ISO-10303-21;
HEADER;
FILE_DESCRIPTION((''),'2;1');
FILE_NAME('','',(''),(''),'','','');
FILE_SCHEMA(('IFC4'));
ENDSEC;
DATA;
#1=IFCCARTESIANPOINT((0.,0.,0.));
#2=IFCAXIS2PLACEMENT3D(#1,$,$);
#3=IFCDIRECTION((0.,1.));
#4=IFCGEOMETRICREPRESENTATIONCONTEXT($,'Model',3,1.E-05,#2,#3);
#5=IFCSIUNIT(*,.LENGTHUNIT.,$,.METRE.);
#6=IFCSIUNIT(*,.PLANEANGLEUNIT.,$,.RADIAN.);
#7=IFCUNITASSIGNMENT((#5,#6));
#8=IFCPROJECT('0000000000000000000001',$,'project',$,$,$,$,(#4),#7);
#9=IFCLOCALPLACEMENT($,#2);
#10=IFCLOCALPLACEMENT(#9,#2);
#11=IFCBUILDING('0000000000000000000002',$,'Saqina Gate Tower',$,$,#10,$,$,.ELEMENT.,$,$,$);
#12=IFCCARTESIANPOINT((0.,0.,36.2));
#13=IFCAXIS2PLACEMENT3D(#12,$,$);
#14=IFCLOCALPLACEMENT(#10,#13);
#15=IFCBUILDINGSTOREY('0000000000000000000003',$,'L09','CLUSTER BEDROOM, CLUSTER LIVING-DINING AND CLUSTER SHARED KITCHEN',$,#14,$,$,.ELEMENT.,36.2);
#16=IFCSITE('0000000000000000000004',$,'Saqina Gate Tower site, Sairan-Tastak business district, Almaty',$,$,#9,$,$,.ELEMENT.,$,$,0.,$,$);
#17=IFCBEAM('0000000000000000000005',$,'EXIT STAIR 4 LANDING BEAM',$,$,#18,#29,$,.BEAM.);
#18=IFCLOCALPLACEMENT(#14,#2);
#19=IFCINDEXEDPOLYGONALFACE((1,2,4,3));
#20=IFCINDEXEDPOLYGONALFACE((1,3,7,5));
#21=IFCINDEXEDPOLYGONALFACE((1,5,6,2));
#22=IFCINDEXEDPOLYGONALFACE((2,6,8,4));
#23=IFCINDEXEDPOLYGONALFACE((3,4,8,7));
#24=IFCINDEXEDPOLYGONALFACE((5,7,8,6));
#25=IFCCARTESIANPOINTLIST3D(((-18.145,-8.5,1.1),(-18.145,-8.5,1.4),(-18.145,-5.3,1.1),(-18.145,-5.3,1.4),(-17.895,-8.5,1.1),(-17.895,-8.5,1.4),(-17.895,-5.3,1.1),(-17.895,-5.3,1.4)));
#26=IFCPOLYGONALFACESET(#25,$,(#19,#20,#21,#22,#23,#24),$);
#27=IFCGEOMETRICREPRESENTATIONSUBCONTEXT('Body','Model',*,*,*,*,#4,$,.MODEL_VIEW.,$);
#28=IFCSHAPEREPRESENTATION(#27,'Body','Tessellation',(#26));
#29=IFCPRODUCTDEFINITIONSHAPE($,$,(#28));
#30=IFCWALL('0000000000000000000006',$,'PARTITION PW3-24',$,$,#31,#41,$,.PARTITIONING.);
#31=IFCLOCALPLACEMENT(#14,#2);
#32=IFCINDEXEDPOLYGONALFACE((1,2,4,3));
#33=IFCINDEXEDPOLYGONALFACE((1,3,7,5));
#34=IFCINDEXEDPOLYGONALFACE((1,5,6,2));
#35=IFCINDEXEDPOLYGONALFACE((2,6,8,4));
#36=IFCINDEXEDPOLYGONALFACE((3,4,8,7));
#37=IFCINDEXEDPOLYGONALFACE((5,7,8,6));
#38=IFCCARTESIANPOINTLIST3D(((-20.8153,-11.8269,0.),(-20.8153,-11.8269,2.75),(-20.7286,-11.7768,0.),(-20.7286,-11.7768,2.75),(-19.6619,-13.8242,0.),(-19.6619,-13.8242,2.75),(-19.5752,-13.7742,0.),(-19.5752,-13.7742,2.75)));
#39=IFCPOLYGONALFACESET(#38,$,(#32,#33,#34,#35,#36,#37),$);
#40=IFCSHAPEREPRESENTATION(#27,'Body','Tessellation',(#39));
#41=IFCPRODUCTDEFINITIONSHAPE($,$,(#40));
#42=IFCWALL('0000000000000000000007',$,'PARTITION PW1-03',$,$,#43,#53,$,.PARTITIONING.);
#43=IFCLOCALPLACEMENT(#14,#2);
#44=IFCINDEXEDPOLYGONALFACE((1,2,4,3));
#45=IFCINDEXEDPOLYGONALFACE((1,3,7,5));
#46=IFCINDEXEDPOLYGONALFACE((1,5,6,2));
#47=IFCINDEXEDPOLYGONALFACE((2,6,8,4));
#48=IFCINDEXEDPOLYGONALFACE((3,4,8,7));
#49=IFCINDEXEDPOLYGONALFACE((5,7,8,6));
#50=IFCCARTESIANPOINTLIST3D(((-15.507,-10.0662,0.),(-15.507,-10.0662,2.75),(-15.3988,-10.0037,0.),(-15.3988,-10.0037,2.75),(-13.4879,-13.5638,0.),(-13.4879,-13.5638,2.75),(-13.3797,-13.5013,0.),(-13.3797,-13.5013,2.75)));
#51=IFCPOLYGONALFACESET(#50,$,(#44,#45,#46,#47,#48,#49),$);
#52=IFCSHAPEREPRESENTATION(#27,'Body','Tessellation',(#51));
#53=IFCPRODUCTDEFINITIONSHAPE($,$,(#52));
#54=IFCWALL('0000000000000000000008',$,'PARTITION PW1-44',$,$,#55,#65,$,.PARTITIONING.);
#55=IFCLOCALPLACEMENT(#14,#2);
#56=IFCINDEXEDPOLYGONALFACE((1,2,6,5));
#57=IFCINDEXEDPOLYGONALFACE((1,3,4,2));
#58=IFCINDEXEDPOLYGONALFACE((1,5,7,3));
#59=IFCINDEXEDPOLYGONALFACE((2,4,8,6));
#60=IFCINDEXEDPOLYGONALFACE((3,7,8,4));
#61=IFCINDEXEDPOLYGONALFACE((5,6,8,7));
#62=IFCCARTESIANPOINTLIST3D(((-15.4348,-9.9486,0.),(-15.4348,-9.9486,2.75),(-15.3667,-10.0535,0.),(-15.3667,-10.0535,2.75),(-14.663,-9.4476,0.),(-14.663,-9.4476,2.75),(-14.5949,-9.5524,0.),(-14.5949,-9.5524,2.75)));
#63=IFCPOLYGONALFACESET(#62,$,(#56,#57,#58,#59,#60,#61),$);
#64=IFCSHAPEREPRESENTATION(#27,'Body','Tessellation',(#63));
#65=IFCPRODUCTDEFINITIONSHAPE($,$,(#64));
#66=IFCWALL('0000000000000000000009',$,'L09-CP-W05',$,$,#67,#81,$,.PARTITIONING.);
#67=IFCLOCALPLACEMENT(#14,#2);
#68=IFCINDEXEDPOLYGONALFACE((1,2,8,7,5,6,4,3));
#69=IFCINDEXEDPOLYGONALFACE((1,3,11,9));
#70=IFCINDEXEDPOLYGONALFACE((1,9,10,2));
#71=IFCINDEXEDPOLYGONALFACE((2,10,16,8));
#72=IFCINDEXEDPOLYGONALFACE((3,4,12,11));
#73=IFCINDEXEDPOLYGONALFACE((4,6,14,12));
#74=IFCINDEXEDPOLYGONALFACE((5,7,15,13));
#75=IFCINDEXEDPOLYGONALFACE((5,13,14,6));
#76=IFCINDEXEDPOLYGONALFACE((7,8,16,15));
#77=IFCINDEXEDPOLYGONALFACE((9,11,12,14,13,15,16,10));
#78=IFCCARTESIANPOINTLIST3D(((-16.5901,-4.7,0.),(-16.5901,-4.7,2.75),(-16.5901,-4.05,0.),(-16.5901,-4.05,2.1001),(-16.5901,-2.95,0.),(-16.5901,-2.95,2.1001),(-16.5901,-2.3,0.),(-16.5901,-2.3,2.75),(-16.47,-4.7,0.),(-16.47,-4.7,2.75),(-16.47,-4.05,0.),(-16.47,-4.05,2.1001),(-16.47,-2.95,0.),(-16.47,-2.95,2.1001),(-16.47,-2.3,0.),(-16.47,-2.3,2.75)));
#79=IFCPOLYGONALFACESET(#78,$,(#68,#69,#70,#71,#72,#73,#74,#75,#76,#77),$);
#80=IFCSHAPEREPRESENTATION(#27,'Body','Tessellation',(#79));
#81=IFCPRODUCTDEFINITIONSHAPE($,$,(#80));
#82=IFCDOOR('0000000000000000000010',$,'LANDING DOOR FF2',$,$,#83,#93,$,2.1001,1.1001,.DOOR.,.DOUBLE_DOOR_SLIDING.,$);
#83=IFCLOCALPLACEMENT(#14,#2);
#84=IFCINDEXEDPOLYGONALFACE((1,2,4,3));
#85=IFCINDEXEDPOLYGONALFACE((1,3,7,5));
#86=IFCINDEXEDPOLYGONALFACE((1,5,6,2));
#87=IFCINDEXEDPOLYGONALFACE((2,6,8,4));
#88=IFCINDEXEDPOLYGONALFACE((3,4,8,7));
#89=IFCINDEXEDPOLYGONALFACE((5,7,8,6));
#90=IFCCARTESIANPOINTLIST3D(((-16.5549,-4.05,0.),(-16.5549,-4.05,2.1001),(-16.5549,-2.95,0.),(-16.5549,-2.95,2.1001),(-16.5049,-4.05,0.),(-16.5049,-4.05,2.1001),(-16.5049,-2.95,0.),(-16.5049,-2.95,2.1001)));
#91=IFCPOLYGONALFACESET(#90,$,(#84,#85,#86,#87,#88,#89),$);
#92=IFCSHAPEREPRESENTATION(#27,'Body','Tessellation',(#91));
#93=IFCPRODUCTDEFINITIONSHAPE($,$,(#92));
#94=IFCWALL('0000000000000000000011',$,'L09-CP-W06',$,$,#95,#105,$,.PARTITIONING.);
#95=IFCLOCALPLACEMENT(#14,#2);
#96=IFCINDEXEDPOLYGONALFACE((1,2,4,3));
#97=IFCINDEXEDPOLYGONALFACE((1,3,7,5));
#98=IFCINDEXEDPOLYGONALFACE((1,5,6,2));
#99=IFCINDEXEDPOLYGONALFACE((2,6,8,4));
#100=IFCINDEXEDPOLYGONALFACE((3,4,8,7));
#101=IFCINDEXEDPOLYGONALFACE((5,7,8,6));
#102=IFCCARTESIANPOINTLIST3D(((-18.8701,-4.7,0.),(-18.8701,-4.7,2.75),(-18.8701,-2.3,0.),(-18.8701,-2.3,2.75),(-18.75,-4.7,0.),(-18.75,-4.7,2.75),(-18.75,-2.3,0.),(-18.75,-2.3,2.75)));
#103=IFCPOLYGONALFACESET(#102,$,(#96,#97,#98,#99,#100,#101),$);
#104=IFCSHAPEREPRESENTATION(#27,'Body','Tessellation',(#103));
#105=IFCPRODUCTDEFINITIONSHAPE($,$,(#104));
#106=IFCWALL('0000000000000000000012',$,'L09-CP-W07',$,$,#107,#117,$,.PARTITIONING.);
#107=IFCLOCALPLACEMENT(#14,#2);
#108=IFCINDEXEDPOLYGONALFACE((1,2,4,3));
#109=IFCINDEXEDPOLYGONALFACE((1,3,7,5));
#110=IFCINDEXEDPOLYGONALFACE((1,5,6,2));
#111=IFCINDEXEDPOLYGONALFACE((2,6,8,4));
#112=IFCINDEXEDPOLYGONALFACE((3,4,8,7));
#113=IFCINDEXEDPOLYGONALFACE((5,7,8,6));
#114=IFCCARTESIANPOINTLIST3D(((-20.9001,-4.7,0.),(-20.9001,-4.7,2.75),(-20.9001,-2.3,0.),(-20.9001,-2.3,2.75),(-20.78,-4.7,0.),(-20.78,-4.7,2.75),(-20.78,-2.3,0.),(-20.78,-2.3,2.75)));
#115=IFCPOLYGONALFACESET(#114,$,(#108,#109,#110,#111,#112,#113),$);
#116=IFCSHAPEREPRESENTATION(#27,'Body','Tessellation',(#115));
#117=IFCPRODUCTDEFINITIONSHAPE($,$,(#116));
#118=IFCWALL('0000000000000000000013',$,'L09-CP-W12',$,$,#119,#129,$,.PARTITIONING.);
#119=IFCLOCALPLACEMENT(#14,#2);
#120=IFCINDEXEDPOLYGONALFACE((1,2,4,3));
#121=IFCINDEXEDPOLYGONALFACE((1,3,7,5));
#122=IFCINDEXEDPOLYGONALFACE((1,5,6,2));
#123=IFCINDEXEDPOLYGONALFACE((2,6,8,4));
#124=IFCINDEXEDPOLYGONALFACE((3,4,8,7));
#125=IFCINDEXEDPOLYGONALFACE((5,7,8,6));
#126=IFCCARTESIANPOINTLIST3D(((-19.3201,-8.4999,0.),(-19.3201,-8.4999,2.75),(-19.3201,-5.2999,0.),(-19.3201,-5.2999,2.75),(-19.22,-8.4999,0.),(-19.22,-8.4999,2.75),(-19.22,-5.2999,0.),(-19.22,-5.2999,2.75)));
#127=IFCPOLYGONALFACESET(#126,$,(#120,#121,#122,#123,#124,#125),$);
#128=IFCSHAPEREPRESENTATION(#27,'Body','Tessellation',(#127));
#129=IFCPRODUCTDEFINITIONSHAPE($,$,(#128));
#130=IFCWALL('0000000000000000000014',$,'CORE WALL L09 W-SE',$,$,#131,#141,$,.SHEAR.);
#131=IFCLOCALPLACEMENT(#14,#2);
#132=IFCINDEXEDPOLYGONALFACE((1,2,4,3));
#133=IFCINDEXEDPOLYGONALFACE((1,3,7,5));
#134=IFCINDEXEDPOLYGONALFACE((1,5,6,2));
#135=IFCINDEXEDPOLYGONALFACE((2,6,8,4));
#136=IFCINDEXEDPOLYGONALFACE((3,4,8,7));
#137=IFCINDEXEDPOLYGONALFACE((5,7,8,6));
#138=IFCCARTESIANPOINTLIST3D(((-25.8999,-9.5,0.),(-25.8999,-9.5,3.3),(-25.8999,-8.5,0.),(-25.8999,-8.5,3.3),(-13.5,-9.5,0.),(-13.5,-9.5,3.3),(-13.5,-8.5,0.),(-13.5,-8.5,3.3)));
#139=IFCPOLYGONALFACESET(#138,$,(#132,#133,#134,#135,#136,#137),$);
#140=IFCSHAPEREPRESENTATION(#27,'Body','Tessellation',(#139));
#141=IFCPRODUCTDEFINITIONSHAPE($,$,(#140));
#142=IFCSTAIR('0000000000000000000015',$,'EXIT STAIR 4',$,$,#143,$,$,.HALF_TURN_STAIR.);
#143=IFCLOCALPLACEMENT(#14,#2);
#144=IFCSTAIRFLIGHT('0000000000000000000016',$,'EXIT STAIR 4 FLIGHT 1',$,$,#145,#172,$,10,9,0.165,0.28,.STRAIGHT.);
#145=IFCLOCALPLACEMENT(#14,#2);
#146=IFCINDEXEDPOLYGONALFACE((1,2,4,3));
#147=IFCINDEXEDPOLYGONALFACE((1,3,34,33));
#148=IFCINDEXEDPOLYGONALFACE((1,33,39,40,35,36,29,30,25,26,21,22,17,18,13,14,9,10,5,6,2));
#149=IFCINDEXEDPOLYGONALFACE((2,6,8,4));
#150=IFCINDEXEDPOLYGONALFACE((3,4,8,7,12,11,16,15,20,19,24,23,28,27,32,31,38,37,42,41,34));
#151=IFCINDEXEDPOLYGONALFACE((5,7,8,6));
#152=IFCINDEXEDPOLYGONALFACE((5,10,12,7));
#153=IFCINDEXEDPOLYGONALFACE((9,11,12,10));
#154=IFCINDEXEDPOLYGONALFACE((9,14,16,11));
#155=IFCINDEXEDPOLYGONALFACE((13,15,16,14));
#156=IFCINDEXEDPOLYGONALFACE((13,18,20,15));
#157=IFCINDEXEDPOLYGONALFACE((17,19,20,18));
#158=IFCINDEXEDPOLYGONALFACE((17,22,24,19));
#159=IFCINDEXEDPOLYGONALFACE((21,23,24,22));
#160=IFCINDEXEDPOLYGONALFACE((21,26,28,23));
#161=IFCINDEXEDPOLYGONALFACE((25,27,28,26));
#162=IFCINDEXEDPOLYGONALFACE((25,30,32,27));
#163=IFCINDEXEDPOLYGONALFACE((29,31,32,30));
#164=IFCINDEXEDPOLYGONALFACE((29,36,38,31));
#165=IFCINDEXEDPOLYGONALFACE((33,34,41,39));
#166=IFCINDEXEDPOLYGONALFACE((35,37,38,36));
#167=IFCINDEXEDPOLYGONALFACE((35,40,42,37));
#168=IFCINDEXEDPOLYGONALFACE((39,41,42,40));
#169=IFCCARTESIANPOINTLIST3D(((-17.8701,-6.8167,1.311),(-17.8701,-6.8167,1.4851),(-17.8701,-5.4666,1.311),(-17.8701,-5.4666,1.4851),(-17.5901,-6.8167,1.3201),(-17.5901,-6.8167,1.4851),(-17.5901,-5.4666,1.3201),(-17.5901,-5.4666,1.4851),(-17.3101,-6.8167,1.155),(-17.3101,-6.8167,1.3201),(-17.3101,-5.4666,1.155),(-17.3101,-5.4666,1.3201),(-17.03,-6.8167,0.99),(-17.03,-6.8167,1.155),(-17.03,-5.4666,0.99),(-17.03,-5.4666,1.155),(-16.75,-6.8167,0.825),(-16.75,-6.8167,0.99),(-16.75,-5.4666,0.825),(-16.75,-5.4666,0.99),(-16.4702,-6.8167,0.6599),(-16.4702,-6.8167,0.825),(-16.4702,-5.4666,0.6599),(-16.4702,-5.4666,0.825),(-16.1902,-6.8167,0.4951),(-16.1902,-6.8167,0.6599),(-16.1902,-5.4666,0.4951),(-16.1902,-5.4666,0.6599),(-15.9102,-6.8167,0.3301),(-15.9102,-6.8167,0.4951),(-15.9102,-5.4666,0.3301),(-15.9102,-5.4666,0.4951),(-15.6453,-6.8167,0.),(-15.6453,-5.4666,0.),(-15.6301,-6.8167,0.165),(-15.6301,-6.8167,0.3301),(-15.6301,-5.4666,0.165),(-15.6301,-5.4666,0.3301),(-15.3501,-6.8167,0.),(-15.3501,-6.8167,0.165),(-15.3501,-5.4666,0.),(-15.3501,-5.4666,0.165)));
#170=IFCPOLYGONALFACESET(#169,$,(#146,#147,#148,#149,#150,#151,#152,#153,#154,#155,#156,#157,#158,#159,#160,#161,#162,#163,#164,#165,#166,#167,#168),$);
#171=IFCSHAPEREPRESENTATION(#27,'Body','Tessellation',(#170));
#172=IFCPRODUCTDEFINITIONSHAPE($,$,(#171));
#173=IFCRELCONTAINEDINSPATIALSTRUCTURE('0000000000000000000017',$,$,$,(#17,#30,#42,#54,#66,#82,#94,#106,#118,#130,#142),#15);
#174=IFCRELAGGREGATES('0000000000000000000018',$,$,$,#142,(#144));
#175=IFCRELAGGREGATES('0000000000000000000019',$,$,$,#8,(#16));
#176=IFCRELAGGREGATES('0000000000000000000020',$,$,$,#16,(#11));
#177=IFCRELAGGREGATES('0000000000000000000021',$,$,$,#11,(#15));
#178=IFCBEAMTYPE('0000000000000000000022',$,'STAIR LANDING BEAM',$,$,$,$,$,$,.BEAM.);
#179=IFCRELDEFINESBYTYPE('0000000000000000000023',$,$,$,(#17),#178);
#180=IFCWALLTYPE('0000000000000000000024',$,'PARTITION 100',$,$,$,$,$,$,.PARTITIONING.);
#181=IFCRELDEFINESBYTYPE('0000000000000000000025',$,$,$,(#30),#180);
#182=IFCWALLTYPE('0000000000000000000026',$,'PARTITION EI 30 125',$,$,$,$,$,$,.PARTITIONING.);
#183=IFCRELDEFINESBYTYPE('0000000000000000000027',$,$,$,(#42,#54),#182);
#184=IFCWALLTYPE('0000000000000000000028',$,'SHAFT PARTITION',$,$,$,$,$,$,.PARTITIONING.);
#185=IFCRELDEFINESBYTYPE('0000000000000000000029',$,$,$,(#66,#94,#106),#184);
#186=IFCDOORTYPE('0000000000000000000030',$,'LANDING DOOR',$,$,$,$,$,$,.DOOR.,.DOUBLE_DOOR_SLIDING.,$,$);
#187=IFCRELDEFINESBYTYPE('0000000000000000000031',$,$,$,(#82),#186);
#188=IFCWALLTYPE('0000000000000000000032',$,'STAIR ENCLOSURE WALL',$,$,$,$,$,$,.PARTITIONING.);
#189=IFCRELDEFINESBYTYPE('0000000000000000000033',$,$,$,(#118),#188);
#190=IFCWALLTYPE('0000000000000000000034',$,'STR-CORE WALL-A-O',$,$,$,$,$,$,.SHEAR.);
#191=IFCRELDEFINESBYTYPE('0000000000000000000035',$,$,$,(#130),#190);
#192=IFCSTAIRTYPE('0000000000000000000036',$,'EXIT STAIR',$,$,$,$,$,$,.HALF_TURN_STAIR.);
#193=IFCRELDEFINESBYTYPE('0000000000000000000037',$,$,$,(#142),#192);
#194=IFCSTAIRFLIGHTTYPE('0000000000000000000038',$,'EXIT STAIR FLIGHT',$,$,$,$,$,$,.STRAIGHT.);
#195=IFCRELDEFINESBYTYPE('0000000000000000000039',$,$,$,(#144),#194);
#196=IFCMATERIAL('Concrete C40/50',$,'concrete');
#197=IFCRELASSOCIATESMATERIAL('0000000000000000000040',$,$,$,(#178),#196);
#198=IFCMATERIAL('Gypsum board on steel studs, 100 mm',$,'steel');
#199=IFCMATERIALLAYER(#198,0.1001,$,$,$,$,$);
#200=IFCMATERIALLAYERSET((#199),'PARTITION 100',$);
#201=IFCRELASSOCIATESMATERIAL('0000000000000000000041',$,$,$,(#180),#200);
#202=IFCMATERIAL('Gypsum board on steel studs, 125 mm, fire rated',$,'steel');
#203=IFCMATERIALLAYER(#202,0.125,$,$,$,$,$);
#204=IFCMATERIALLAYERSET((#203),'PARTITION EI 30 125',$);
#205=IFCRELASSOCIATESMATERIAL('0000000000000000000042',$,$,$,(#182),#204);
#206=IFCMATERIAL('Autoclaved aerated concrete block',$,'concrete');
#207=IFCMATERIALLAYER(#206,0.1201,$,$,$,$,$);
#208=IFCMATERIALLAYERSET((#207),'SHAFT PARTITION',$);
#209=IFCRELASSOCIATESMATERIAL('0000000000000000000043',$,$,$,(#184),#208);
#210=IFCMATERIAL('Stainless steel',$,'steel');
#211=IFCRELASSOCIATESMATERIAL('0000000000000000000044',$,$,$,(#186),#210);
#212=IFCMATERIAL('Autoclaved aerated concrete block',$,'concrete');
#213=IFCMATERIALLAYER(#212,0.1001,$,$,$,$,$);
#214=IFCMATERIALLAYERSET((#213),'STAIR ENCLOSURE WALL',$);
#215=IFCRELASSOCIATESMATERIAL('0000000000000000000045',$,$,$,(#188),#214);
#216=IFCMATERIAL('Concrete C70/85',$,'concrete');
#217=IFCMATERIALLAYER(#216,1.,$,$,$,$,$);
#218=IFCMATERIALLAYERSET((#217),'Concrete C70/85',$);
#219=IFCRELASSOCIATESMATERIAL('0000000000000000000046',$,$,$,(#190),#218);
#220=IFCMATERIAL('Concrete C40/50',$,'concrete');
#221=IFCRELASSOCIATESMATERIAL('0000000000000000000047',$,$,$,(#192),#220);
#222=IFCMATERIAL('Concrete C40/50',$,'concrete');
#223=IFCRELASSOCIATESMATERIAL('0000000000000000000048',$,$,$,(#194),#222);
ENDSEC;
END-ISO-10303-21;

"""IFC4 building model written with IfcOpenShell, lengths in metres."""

from ifc_helpers import new_model, si_unit, direction, frame, frame_2d, origin, origin_2d, place, context, subcontext, project, spatial, polyline, rectangle, outline, extrude, material, layer, layer_set, material_profile, profile_set, type_object, element, fill, aggregate, save


model = new_model("IFC4")

# Units and contexts
model_context = context("Model", 3, precision=1e-05, world=origin(), true_north=direction((0.0, 1.0)))
body_context = subcontext(model_context, "Body", "Model", "MODEL_VIEW")
ifc_project = project(units=[si_unit("LENGTHUNIT", "METRE"), si_unit("PLANEANGLEUNIT", "RADIAN")], contexts=[model_context])

# Site, building, storey
site_placement = place(None, origin())
site = spatial("IfcSite", under=ifc_project, at=site_placement, Name="Saqina Gate Tower site, Sairan-Tastak business district, Almaty", CompositionType="ELEMENT", RefElevation=0.0)
building_placement = place(site_placement, origin())
building = spatial("IfcBuilding", under=site, at=building_placement, Name="Saqina Gate Tower", CompositionType="ELEMENT")
storey_placement = place(building_placement, frame((0.0, 0.0, 36.2)))
storey = spatial("IfcBuildingStorey", under=building, at=storey_placement, Name="L09", Description="CLUSTER BEDROOM, CLUSTER LIVING-DINING AND CLUSTER SHARED KITCHEN", CompositionType="ELEMENT", Elevation=36.2)

# Beam
ifc_material_1 = material(Name="Concrete C40/50", Category="concrete")
ifc_material_profile = material_profile(ifc_material_1, rectangle(XDim=0.25, YDim=0.3, at=origin_2d()), Name="STAIR LANDING BEAM")
ifc_profile_set = profile_set([ifc_material_profile], Name="Concrete C40/50")
beam_type = type_object("IfcBeamType", Name="STAIR LANDING BEAM", PredefinedType="BEAM", material=ifc_profile_set)
beam_placement = place(storey_placement, frame((-18.02, -8.5, 1.25), z_axis=(0.0, 1.0, 0.0), x_axis=(-1.0, 0.0, 0.0)))
element("IfcBeam", 1, at=beam_placement, inside=storey, type_object=beam_type, Name="EXIT STAIR 4 LANDING BEAM", PredefinedType="BEAM", context=body_context, shape_type="SweptSolid", body=[
    extrude(rectangle(XDim=0.25, YDim=0.3, at=origin_2d()), origin(), (0.0, 0.0, 1.0), 3.2),
])

# Walls
ifc_material_2 = material(Name="Gypsum board on steel studs, 100 mm", Category="steel")
ifc_layer_1 = layer(ifc_material_2, 0.1001)
ifc_layer_set_1 = layer_set([ifc_layer_1], Name="PARTITION 100")
wall_type_1 = type_object("IfcWallType", Name="PARTITION 100", PredefinedType="PARTITIONING", material=ifc_layer_set_1)
wall_1_placement = place(storey_placement, frame((-20.772, -11.8018, 0.0), z_axis=(0.0, 0.0, 1.0), x_axis=(0.500055, -0.865993, 0.0)))
element("IfcWall", 2, at=wall_1_placement, inside=storey, type_object=wall_type_1, Name="PARTITION PW3-24", PredefinedType="PARTITIONING", context=body_context, shape_type="SweptSolid", body=[
    extrude(rectangle(XDim=2.3064, YDim=0.1001, at=frame_2d((1.1533, 0.0))), origin(), (0.0, 0.0, 1.0), 2.75),
])
ifc_material_3 = material(Name="Gypsum board on steel studs, 125 mm, fire rated", Category="steel")
ifc_layer_2 = layer(ifc_material_3, 0.125)
ifc_layer_set_2 = layer_set([ifc_layer_2], Name="PARTITION EI 30 125")
wall_type_2 = type_object("IfcWallType", Name="PARTITION EI 30 125", PredefinedType="PARTITIONING", material=ifc_layer_set_2)
wall_2_placement = place(storey_placement, frame((-15.4529, -10.0349, 0.0), z_axis=(0.0, 0.0, 1.0), x_axis=(0.499949, -0.866055, 0.0)))
element("IfcWall", 3, at=wall_2_placement, inside=storey, type_object=wall_type_2, Name="PARTITION PW1-03", PredefinedType="PARTITIONING", context=body_context, shape_type="SweptSolid", body=[
    extrude(rectangle(XDim=4.0386, YDim=0.125, at=frame_2d((2.0193, 0.0))), origin(), (0.0, 0.0, 1.0), 2.75),
])
wall_3_placement = place(storey_placement, frame((-15.4006, -10.001, 0.0), z_axis=(0.0, 0.0, 1.0), x_axis=(0.838765, 0.544494, 0.0)))
element("IfcWall", 4, at=wall_3_placement, inside=storey, type_object=wall_type_2, Name="PARTITION PW1-44", PredefinedType="PARTITIONING", context=body_context, shape_type="SweptSolid", body=[
    extrude(rectangle(XDim=0.9202, YDim=0.125, at=frame_2d((0.46, 0.0))), origin(), (0.0, 0.0, 1.0), 2.75),
])

# Wall, opening, door
ifc_material_4 = material(Name="Autoclaved aerated concrete block", Category="concrete")
ifc_layer_3 = layer(ifc_material_4, 0.1201)
ifc_layer_set_3 = layer_set([ifc_layer_3], Name="SHAFT PARTITION")
wall_type_3 = type_object("IfcWallType", Name="SHAFT PARTITION", PredefinedType="PARTITIONING", material=ifc_layer_set_3)
wall_4_placement = place(storey_placement, frame((-16.53, -4.7, 0.0), z_axis=(0.0, 0.0, 1.0), x_axis=(0.0, 1.0, 0.0)))
wall_4 = element("IfcWall", 5, at=wall_4_placement, inside=storey, type_object=wall_type_3, Name="L09-CP-W05", PredefinedType="PARTITIONING", context=body_context, shape_type="SweptSolid", body=[
    extrude(rectangle(XDim=2.3999, YDim=0.1201, at=frame_2d((1.2, 0.0))), origin(), (0.0, 0.0, 1.0), 2.75),
])
opening_1_placement = place(wall_4_placement, frame((0.6499, 0.0, 0.0)))
opening_1 = element("IfcOpeningElement", 6, at=opening_1_placement, cuts=wall_4, PredefinedType="OPENING", context=body_context, shape_type="SweptSolid", body=[
    extrude(rectangle(XDim=1.1001, YDim=2.1001, at=frame_2d((0.55, 1.05))), frame((0.0, 0.072, 0.0), z_axis=(0.0, -1.0, 0.0), x_axis=(1.0, 0.0, 0.0)), (0.0, 0.0, 1.0), 0.144),
])
ifc_material_5 = material(Name="Stainless steel", Category="steel")
door_type_1 = type_object("IfcDoorType", Name="LANDING DOOR", OperationType="DOUBLE_DOOR_SLIDING", PredefinedType="DOOR", material=ifc_material_5)
door_1_placement = place(opening_1_placement, origin())
door_1 = element("IfcDoor", 7, at=door_1_placement, inside=storey, type_object=door_type_1, Name="LANDING DOOR FF2", OperationType="DOUBLE_DOOR_SLIDING", OverallHeight=2.1001, OverallWidth=1.1001, PredefinedType="DOOR", context=body_context, shape_type="SweptSolid", body=[
    extrude(rectangle(XDim=1.1001, YDim=2.1001, at=frame_2d((0.55, 1.05))), frame((0.0, 0.0249, 0.0), z_axis=(0.0, -1.0, 0.0), x_axis=(1.0, 0.0, 0.0)), (0.0, 0.0, 1.0), 0.05),
])
fill(opening_1, door_1)

# Walls
for number, where, z_axis, x_axis, name in (
    (8, (-18.8101, -4.7, 0.0), (0.0, 0.0, 1.0), (0.0, 1.0, 0.0), "L09-CP-W06"),
    (9, (-20.8401, -4.7, 0.0), (0.0, 0.0, 1.0), (0.0, 1.0, 0.0), "L09-CP-W07"),
):
    element("IfcWall", number, at=place(storey_placement, frame(where, z_axis=z_axis, x_axis=x_axis)), inside=storey, type_object=wall_type_3, Name=name, PredefinedType="PARTITIONING", context=body_context, shape_type="SweptSolid", body=[
        extrude(rectangle(XDim=2.3999, YDim=0.1201, at=frame_2d((1.2, 0.0))), origin(), (0.0, 0.0, 1.0), 2.75),
    ])
ifc_material_6 = material(Name="Autoclaved aerated concrete block", Category="concrete")
ifc_layer_4 = layer(ifc_material_6, 0.1001)
ifc_layer_set_4 = layer_set([ifc_layer_4], Name="STAIR ENCLOSURE WALL")
wall_type_4 = type_object("IfcWallType", Name="STAIR ENCLOSURE WALL", PredefinedType="PARTITIONING", material=ifc_layer_set_4)
wall_5_placement = place(storey_placement, frame((-19.27, -8.5, 0.0), z_axis=(0.0, 0.0, 1.0), x_axis=(0.0, 1.0, 0.0)))
element("IfcWall", 10, at=wall_5_placement, inside=storey, type_object=wall_type_4, Name="L09-CP-W12", PredefinedType="PARTITIONING", context=body_context, shape_type="SweptSolid", body=[
    extrude(rectangle(XDim=3.2, YDim=0.1001, at=frame_2d((1.6001, 0.0))), origin(), (0.0, 0.0, 1.0), 2.75),
])

# Shared definitions
ifc_material_7 = material(Name="Concrete C70/85", Category="concrete")
ifc_layer_5 = layer(ifc_material_7, 1.0)
ifc_layer_set_5 = layer_set([ifc_layer_5], Name="Concrete C70/85")
wall_type_5 = type_object("IfcWallType", Name="STR-CORE WALL-A-O", PredefinedType="SHEAR", material=ifc_layer_set_5)

# Wall
wall_6_placement = place(storey_placement, frame((-13.5, -9.0, 0.0), z_axis=(0.0, 0.0, 1.0), x_axis=(-1.0, 0.0, 0.0)))
element("IfcWall", 11, at=wall_6_placement, inside=storey, type_object=wall_type_5, Name="CORE WALL L09 W-SE", PredefinedType="SHEAR", context=body_context, shape_type="SweptSolid", body=[
    extrude(rectangle(XDim=12.3999, YDim=1.0, at=frame_2d((6.2, 0.0))), origin(), (0.0, 0.0, 1.0), 3.3),
])

# Stair, stair flight
ifc_material_8 = material(Name="Concrete C40/50", Category="concrete")
stair_type = type_object("IfcStairType", Name="EXIT STAIR", PredefinedType="HALF_TURN_STAIR", material=ifc_material_8)
stair_placement = place(storey_placement, origin())
stair = element("IfcStair", 12, at=stair_placement, inside=storey, type_object=stair_type, Name="EXIT STAIR 4", PredefinedType="HALF_TURN_STAIR")
ifc_material_9 = material(Name="Concrete C40/50", Category="concrete")
stair_flight_type = type_object("IfcStairFlightType", Name="EXIT STAIR FLIGHT", PredefinedType="STRAIGHT", material=ifc_material_9)
stair_flight_1_placement = place(storey_placement, frame((-15.3501, -6.1416, 0.0), z_axis=(0.0, 0.0, 1.0), x_axis=(-1.0, 0.0, 0.0)))
stair_flight_1 = element("IfcStairFlight", 13, at=stair_flight_1_placement, type_object=stair_flight_type, Name="EXIT STAIR 4 FLIGHT 1", NumberOfRisers=10, NumberOfTreads=9, PredefinedType="STRAIGHT", RiserHeight=0.165, TreadLength=0.28, context=body_context, shape_type="SweptSolid", body=[
    extrude(outline(polyline([(0.0, 0.0), (0.0, 0.165), (0.28, 0.165), (0.28, 0.3301), (0.5601, 0.3301), (0.5601, 0.4951), (0.8401, 0.4951), (0.8401, 0.6599), (1.1201, 0.6599), (1.1201, 0.825), (1.3999, 0.825), (1.3999, 0.99), (1.6799, 0.99), (1.6799, 1.155), (1.96, 1.155), (1.96, 1.3201), (2.24, 1.3201), (2.24, 1.4851), (2.52, 1.4851), (2.52, 1.6499), (2.52, 1.311), (0.2952, 0.0), (0.0, 0.0)])), frame((0.0, 0.675, 0.0), z_axis=(0.0, -1.0, 0.0), x_axis=(1.0, 0.0, 0.0)), (0.0, 0.0, 1.0), 1.3501),
])
aggregate(stair, [stair_flight_1])

save(model, "model.ifc")
